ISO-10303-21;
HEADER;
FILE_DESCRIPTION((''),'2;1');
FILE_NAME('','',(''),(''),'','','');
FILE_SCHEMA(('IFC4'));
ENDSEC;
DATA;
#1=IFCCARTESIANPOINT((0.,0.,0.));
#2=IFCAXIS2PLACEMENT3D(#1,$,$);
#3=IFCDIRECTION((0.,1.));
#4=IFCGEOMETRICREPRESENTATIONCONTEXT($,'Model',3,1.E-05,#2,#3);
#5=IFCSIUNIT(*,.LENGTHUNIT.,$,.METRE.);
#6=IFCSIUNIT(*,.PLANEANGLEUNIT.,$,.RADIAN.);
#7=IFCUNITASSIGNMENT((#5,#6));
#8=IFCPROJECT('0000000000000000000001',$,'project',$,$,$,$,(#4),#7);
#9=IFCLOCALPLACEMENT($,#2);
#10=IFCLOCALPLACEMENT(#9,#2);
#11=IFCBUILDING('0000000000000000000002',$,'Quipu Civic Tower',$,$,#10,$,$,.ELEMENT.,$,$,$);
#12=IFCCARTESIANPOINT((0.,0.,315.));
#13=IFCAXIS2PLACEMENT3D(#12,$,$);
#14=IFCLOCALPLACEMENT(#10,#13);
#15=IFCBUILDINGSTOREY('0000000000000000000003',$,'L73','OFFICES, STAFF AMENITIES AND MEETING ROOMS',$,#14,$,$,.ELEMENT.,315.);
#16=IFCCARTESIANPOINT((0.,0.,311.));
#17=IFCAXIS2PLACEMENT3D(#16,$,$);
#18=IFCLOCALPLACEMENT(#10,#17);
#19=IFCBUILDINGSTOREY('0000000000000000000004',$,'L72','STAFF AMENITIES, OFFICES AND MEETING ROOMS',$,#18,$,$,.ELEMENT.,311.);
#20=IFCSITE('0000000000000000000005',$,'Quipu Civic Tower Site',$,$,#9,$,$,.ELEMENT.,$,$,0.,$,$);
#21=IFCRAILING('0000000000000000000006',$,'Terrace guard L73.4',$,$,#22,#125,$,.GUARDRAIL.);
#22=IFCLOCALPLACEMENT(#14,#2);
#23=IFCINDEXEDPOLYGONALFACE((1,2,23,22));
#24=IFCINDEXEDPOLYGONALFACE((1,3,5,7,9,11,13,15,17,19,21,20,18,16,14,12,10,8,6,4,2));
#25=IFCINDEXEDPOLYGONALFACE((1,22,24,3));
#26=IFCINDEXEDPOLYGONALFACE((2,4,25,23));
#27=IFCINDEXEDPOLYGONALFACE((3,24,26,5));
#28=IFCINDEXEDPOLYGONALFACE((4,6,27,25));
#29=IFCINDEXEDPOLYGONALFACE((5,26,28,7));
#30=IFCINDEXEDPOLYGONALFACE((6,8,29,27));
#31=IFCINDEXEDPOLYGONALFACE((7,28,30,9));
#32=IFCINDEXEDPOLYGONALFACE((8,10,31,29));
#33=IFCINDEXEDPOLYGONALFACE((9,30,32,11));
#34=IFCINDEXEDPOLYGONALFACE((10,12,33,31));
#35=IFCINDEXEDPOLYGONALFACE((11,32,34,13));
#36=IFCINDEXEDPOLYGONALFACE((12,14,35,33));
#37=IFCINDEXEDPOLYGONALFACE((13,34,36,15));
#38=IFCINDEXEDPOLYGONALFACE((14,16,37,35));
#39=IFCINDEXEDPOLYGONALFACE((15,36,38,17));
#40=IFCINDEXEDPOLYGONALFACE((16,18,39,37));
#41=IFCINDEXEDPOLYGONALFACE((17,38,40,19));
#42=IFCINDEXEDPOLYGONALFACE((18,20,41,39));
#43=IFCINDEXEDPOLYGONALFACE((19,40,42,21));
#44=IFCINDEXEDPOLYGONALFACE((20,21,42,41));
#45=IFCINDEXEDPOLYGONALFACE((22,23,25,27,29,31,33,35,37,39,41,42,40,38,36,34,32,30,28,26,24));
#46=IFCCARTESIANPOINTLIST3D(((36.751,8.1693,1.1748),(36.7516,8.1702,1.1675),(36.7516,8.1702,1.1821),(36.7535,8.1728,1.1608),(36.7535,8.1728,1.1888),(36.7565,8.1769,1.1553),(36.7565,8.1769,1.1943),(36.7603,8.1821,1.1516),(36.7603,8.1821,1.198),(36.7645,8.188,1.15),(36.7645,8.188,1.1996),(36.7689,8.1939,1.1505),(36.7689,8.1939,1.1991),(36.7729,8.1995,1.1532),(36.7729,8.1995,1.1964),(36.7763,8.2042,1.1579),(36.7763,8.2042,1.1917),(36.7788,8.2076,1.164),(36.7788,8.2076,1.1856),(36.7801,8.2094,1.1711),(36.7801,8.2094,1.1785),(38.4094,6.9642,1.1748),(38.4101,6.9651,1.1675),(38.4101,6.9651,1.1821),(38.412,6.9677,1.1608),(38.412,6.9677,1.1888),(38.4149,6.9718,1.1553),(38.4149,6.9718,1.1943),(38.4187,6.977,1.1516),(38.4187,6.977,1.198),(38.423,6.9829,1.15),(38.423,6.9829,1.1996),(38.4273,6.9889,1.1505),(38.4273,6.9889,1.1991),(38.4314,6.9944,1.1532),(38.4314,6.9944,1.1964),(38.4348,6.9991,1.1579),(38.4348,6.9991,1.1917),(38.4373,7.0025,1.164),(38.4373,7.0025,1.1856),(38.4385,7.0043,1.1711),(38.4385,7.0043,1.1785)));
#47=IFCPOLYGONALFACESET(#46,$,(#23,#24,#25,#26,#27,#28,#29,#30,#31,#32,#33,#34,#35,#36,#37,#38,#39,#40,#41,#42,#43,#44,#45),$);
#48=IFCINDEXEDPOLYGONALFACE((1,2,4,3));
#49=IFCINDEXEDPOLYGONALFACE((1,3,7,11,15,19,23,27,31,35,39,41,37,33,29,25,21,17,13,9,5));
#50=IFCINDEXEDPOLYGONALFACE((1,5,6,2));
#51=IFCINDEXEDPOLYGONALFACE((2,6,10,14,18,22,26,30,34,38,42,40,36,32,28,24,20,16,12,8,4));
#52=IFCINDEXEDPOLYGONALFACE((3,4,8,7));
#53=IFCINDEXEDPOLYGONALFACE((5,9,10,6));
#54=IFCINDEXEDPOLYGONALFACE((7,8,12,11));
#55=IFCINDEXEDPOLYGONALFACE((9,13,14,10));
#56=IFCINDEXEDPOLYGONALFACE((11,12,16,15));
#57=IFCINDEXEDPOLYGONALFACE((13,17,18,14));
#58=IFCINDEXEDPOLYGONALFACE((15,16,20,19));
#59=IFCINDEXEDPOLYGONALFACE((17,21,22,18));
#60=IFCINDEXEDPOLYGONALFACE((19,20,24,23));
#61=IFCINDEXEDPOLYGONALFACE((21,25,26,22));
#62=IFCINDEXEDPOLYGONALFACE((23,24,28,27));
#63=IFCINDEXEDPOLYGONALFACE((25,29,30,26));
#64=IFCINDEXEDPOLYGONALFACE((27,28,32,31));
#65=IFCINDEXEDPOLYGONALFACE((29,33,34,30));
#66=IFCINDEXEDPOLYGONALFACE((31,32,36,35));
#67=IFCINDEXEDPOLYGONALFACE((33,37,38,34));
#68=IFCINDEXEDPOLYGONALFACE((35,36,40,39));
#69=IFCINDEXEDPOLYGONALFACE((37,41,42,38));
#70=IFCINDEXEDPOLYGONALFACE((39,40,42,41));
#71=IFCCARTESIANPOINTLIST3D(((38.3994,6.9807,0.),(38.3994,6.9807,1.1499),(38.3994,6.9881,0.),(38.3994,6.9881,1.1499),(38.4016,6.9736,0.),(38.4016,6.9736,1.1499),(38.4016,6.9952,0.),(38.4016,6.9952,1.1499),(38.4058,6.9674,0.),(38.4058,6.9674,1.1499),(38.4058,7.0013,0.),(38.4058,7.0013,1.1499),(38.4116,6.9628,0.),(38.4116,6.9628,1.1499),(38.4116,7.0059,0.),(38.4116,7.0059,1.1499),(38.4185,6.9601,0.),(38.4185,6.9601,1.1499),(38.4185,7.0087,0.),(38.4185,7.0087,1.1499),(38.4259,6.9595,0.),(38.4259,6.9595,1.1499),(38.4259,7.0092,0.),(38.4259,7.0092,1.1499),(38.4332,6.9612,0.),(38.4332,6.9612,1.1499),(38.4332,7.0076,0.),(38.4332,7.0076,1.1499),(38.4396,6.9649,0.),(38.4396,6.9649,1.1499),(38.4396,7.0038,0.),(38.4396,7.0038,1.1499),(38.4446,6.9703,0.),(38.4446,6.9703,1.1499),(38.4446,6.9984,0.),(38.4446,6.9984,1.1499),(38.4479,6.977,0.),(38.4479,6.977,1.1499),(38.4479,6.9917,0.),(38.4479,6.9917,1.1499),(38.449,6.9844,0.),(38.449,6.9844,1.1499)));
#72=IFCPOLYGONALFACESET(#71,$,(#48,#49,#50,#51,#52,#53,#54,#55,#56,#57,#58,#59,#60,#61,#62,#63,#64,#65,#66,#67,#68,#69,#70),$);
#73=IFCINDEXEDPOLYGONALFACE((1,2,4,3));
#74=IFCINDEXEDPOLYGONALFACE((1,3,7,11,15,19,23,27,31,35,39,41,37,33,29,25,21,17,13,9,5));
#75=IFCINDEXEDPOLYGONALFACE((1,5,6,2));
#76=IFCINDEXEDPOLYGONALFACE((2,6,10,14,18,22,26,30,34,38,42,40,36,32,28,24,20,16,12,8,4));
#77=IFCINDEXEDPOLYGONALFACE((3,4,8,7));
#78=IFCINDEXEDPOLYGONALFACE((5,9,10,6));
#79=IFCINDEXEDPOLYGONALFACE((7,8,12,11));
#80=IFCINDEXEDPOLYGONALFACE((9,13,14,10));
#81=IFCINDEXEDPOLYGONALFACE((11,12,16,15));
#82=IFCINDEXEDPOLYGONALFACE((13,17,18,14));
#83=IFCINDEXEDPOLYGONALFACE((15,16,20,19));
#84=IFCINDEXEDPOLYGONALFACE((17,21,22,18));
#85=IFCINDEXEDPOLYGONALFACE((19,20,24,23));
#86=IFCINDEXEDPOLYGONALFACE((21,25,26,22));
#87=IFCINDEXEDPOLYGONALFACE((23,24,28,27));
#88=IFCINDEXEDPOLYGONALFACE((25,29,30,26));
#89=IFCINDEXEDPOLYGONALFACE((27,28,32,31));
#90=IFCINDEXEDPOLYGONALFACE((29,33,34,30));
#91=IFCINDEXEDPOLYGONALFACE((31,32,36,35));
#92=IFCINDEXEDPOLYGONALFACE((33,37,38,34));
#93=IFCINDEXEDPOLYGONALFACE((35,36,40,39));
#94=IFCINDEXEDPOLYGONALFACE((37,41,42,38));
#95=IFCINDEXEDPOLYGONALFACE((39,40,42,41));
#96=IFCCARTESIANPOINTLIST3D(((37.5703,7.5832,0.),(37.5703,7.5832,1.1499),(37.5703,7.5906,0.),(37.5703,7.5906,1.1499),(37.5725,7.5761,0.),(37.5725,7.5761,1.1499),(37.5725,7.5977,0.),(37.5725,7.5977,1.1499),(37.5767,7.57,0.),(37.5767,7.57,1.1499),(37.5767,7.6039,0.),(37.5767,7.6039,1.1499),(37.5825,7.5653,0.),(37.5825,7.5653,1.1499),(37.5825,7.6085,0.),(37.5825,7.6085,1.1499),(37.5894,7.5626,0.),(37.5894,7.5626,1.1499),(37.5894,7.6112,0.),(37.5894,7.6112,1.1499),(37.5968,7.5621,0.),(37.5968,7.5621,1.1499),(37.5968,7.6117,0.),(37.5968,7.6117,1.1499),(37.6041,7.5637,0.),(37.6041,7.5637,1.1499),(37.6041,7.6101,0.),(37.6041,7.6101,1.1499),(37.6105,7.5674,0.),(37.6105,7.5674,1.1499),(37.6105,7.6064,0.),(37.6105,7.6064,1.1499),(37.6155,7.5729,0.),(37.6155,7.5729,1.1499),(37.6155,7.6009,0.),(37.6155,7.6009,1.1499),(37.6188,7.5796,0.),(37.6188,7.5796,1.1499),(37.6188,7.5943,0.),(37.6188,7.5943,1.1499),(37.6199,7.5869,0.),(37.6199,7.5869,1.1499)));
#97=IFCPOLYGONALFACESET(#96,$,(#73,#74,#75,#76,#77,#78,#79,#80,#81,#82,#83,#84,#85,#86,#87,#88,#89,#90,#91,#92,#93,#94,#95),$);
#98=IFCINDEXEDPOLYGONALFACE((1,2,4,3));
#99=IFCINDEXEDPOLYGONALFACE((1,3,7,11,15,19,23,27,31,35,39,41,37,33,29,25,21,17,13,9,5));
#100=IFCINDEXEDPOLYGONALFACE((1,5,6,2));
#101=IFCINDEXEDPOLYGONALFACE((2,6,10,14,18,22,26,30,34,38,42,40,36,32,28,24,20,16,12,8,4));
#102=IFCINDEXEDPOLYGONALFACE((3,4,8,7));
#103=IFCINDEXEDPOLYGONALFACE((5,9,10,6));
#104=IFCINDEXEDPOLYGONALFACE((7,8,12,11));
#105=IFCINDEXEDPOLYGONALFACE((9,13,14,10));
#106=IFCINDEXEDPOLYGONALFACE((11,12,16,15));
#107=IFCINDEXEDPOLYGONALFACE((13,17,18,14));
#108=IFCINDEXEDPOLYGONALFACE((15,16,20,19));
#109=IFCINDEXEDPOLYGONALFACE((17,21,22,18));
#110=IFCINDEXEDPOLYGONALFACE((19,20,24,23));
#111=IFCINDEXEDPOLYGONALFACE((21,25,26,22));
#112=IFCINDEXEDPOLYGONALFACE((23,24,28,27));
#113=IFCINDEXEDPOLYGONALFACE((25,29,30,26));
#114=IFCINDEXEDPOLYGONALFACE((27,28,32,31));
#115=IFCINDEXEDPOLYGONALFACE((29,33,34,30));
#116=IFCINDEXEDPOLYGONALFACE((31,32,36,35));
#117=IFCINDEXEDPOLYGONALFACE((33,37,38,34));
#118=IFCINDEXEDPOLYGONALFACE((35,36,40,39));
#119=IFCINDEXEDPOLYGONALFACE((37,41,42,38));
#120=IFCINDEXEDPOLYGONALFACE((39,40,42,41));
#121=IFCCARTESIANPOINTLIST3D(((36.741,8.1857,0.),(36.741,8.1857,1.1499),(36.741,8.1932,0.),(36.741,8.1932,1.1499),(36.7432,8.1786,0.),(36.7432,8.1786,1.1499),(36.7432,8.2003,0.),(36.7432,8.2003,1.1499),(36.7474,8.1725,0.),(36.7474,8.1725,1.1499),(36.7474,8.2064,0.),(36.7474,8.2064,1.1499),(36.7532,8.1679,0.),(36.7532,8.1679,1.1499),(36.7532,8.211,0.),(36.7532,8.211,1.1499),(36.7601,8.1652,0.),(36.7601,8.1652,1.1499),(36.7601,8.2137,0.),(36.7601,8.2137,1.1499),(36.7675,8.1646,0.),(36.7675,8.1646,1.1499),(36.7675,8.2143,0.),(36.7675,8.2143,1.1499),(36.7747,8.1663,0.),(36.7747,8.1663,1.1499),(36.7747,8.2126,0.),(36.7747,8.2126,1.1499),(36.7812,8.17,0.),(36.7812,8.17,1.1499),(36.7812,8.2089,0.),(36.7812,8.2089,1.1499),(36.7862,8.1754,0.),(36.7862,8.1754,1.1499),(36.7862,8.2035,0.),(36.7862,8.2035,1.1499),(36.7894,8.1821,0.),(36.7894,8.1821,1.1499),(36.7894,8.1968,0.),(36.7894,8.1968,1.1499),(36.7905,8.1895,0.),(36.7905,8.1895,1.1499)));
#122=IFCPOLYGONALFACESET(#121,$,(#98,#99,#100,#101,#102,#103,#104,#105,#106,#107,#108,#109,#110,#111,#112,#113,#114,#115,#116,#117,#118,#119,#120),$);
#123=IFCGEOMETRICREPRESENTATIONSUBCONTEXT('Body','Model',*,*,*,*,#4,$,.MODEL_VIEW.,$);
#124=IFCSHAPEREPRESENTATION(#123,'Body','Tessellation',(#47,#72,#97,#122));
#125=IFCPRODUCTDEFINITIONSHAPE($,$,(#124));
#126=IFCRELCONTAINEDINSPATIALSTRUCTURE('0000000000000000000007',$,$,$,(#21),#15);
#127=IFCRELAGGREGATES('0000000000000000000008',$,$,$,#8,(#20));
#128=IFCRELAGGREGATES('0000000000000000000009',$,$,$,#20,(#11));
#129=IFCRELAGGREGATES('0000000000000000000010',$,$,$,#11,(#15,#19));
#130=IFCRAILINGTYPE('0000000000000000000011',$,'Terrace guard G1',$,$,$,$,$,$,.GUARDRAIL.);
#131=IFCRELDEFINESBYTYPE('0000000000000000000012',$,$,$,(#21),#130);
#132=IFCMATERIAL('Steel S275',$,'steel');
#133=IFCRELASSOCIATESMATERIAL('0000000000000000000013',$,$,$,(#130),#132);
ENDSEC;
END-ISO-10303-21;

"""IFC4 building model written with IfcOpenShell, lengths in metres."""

from ifc_helpers import new_model, si_unit, direction, frame, origin, origin_2d, place, context, subcontext, project, spatial, circle, extrude, material, type_object, element, save


model = new_model("IFC4")

# Units and contexts
model_context = context("Model", 3, precision=1e-05, world=origin(), true_north=direction((0.0, 1.0)))
body_context = subcontext(model_context, "Body", "Model", "MODEL_VIEW")
ifc_project = project(units=[si_unit("LENGTHUNIT", "METRE"), si_unit("PLANEANGLEUNIT", "RADIAN")], contexts=[model_context])

# Site, building, storey
site_placement = place(None, origin())
site = spatial("IfcSite", under=ifc_project, at=site_placement, Name="Quipu Civic Tower Site", CompositionType="ELEMENT", RefElevation=0.0)
building_placement = place(site_placement, origin())
building = spatial("IfcBuilding", under=site, at=building_placement, Name="Quipu Civic Tower", CompositionType="ELEMENT")
storey_1_placement = place(building_placement, frame((0.0, 0.0, 315.0)))
storey_1 = spatial("IfcBuildingStorey", under=building, at=storey_1_placement, Name="L73", Description="OFFICES, STAFF AMENITIES AND MEETING ROOMS", CompositionType="ELEMENT", Elevation=315.0)

# Shared definitions
storey_2_placement = place(building_placement, frame((0.0, 0.0, 311.0)))
storey_2 = spatial("IfcBuildingStorey", under=building, at=storey_2_placement, Name="L72", Description="STAFF AMENITIES, OFFICES AND MEETING ROOMS", CompositionType="ELEMENT", Elevation=311.0)

# Railing
ifc_material_1 = material(Name="Steel S275", Category="steel")
railing_type = type_object("IfcRailingType", Name="Terrace guard G1", PredefinedType="GUARDRAIL", material=ifc_material_1)
railing_1_placement = place(storey_1_placement, frame((38.4241, 6.9844, 0.0)))
element("IfcRailing", 1, at=railing_1_placement, inside=storey_1, type_object=railing_type, Name="Terrace guard L73.4", PredefinedType="GUARDRAIL", context=body_context, shape_type="SweptSolid", body=[
    extrude(circle(Radius=0.0249, at=origin_2d()), frame((0.0, 0.0, 1.1748), z_axis=(-0.808983, 0.587832, 0.0), x_axis=(-0.587832, -0.808983, 0.0)), (0.0, 0.0, 1.0), 2.05),
    extrude(circle(Radius=0.0249, at=origin_2d()), origin(), (0.0, 0.0, 1.0), 1.1499),
    extrude(circle(Radius=0.0249, at=origin_2d()), frame((-0.8291, 0.6025, 0.0)), (0.0, 0.0, 1.0), 1.1499),
    extrude(circle(Radius=0.0249, at=origin_2d()), frame((-1.6584, 1.2051, 0.0)), (0.0, 0.0, 1.0), 1.1499),
])

save(model, "model.ifc")
